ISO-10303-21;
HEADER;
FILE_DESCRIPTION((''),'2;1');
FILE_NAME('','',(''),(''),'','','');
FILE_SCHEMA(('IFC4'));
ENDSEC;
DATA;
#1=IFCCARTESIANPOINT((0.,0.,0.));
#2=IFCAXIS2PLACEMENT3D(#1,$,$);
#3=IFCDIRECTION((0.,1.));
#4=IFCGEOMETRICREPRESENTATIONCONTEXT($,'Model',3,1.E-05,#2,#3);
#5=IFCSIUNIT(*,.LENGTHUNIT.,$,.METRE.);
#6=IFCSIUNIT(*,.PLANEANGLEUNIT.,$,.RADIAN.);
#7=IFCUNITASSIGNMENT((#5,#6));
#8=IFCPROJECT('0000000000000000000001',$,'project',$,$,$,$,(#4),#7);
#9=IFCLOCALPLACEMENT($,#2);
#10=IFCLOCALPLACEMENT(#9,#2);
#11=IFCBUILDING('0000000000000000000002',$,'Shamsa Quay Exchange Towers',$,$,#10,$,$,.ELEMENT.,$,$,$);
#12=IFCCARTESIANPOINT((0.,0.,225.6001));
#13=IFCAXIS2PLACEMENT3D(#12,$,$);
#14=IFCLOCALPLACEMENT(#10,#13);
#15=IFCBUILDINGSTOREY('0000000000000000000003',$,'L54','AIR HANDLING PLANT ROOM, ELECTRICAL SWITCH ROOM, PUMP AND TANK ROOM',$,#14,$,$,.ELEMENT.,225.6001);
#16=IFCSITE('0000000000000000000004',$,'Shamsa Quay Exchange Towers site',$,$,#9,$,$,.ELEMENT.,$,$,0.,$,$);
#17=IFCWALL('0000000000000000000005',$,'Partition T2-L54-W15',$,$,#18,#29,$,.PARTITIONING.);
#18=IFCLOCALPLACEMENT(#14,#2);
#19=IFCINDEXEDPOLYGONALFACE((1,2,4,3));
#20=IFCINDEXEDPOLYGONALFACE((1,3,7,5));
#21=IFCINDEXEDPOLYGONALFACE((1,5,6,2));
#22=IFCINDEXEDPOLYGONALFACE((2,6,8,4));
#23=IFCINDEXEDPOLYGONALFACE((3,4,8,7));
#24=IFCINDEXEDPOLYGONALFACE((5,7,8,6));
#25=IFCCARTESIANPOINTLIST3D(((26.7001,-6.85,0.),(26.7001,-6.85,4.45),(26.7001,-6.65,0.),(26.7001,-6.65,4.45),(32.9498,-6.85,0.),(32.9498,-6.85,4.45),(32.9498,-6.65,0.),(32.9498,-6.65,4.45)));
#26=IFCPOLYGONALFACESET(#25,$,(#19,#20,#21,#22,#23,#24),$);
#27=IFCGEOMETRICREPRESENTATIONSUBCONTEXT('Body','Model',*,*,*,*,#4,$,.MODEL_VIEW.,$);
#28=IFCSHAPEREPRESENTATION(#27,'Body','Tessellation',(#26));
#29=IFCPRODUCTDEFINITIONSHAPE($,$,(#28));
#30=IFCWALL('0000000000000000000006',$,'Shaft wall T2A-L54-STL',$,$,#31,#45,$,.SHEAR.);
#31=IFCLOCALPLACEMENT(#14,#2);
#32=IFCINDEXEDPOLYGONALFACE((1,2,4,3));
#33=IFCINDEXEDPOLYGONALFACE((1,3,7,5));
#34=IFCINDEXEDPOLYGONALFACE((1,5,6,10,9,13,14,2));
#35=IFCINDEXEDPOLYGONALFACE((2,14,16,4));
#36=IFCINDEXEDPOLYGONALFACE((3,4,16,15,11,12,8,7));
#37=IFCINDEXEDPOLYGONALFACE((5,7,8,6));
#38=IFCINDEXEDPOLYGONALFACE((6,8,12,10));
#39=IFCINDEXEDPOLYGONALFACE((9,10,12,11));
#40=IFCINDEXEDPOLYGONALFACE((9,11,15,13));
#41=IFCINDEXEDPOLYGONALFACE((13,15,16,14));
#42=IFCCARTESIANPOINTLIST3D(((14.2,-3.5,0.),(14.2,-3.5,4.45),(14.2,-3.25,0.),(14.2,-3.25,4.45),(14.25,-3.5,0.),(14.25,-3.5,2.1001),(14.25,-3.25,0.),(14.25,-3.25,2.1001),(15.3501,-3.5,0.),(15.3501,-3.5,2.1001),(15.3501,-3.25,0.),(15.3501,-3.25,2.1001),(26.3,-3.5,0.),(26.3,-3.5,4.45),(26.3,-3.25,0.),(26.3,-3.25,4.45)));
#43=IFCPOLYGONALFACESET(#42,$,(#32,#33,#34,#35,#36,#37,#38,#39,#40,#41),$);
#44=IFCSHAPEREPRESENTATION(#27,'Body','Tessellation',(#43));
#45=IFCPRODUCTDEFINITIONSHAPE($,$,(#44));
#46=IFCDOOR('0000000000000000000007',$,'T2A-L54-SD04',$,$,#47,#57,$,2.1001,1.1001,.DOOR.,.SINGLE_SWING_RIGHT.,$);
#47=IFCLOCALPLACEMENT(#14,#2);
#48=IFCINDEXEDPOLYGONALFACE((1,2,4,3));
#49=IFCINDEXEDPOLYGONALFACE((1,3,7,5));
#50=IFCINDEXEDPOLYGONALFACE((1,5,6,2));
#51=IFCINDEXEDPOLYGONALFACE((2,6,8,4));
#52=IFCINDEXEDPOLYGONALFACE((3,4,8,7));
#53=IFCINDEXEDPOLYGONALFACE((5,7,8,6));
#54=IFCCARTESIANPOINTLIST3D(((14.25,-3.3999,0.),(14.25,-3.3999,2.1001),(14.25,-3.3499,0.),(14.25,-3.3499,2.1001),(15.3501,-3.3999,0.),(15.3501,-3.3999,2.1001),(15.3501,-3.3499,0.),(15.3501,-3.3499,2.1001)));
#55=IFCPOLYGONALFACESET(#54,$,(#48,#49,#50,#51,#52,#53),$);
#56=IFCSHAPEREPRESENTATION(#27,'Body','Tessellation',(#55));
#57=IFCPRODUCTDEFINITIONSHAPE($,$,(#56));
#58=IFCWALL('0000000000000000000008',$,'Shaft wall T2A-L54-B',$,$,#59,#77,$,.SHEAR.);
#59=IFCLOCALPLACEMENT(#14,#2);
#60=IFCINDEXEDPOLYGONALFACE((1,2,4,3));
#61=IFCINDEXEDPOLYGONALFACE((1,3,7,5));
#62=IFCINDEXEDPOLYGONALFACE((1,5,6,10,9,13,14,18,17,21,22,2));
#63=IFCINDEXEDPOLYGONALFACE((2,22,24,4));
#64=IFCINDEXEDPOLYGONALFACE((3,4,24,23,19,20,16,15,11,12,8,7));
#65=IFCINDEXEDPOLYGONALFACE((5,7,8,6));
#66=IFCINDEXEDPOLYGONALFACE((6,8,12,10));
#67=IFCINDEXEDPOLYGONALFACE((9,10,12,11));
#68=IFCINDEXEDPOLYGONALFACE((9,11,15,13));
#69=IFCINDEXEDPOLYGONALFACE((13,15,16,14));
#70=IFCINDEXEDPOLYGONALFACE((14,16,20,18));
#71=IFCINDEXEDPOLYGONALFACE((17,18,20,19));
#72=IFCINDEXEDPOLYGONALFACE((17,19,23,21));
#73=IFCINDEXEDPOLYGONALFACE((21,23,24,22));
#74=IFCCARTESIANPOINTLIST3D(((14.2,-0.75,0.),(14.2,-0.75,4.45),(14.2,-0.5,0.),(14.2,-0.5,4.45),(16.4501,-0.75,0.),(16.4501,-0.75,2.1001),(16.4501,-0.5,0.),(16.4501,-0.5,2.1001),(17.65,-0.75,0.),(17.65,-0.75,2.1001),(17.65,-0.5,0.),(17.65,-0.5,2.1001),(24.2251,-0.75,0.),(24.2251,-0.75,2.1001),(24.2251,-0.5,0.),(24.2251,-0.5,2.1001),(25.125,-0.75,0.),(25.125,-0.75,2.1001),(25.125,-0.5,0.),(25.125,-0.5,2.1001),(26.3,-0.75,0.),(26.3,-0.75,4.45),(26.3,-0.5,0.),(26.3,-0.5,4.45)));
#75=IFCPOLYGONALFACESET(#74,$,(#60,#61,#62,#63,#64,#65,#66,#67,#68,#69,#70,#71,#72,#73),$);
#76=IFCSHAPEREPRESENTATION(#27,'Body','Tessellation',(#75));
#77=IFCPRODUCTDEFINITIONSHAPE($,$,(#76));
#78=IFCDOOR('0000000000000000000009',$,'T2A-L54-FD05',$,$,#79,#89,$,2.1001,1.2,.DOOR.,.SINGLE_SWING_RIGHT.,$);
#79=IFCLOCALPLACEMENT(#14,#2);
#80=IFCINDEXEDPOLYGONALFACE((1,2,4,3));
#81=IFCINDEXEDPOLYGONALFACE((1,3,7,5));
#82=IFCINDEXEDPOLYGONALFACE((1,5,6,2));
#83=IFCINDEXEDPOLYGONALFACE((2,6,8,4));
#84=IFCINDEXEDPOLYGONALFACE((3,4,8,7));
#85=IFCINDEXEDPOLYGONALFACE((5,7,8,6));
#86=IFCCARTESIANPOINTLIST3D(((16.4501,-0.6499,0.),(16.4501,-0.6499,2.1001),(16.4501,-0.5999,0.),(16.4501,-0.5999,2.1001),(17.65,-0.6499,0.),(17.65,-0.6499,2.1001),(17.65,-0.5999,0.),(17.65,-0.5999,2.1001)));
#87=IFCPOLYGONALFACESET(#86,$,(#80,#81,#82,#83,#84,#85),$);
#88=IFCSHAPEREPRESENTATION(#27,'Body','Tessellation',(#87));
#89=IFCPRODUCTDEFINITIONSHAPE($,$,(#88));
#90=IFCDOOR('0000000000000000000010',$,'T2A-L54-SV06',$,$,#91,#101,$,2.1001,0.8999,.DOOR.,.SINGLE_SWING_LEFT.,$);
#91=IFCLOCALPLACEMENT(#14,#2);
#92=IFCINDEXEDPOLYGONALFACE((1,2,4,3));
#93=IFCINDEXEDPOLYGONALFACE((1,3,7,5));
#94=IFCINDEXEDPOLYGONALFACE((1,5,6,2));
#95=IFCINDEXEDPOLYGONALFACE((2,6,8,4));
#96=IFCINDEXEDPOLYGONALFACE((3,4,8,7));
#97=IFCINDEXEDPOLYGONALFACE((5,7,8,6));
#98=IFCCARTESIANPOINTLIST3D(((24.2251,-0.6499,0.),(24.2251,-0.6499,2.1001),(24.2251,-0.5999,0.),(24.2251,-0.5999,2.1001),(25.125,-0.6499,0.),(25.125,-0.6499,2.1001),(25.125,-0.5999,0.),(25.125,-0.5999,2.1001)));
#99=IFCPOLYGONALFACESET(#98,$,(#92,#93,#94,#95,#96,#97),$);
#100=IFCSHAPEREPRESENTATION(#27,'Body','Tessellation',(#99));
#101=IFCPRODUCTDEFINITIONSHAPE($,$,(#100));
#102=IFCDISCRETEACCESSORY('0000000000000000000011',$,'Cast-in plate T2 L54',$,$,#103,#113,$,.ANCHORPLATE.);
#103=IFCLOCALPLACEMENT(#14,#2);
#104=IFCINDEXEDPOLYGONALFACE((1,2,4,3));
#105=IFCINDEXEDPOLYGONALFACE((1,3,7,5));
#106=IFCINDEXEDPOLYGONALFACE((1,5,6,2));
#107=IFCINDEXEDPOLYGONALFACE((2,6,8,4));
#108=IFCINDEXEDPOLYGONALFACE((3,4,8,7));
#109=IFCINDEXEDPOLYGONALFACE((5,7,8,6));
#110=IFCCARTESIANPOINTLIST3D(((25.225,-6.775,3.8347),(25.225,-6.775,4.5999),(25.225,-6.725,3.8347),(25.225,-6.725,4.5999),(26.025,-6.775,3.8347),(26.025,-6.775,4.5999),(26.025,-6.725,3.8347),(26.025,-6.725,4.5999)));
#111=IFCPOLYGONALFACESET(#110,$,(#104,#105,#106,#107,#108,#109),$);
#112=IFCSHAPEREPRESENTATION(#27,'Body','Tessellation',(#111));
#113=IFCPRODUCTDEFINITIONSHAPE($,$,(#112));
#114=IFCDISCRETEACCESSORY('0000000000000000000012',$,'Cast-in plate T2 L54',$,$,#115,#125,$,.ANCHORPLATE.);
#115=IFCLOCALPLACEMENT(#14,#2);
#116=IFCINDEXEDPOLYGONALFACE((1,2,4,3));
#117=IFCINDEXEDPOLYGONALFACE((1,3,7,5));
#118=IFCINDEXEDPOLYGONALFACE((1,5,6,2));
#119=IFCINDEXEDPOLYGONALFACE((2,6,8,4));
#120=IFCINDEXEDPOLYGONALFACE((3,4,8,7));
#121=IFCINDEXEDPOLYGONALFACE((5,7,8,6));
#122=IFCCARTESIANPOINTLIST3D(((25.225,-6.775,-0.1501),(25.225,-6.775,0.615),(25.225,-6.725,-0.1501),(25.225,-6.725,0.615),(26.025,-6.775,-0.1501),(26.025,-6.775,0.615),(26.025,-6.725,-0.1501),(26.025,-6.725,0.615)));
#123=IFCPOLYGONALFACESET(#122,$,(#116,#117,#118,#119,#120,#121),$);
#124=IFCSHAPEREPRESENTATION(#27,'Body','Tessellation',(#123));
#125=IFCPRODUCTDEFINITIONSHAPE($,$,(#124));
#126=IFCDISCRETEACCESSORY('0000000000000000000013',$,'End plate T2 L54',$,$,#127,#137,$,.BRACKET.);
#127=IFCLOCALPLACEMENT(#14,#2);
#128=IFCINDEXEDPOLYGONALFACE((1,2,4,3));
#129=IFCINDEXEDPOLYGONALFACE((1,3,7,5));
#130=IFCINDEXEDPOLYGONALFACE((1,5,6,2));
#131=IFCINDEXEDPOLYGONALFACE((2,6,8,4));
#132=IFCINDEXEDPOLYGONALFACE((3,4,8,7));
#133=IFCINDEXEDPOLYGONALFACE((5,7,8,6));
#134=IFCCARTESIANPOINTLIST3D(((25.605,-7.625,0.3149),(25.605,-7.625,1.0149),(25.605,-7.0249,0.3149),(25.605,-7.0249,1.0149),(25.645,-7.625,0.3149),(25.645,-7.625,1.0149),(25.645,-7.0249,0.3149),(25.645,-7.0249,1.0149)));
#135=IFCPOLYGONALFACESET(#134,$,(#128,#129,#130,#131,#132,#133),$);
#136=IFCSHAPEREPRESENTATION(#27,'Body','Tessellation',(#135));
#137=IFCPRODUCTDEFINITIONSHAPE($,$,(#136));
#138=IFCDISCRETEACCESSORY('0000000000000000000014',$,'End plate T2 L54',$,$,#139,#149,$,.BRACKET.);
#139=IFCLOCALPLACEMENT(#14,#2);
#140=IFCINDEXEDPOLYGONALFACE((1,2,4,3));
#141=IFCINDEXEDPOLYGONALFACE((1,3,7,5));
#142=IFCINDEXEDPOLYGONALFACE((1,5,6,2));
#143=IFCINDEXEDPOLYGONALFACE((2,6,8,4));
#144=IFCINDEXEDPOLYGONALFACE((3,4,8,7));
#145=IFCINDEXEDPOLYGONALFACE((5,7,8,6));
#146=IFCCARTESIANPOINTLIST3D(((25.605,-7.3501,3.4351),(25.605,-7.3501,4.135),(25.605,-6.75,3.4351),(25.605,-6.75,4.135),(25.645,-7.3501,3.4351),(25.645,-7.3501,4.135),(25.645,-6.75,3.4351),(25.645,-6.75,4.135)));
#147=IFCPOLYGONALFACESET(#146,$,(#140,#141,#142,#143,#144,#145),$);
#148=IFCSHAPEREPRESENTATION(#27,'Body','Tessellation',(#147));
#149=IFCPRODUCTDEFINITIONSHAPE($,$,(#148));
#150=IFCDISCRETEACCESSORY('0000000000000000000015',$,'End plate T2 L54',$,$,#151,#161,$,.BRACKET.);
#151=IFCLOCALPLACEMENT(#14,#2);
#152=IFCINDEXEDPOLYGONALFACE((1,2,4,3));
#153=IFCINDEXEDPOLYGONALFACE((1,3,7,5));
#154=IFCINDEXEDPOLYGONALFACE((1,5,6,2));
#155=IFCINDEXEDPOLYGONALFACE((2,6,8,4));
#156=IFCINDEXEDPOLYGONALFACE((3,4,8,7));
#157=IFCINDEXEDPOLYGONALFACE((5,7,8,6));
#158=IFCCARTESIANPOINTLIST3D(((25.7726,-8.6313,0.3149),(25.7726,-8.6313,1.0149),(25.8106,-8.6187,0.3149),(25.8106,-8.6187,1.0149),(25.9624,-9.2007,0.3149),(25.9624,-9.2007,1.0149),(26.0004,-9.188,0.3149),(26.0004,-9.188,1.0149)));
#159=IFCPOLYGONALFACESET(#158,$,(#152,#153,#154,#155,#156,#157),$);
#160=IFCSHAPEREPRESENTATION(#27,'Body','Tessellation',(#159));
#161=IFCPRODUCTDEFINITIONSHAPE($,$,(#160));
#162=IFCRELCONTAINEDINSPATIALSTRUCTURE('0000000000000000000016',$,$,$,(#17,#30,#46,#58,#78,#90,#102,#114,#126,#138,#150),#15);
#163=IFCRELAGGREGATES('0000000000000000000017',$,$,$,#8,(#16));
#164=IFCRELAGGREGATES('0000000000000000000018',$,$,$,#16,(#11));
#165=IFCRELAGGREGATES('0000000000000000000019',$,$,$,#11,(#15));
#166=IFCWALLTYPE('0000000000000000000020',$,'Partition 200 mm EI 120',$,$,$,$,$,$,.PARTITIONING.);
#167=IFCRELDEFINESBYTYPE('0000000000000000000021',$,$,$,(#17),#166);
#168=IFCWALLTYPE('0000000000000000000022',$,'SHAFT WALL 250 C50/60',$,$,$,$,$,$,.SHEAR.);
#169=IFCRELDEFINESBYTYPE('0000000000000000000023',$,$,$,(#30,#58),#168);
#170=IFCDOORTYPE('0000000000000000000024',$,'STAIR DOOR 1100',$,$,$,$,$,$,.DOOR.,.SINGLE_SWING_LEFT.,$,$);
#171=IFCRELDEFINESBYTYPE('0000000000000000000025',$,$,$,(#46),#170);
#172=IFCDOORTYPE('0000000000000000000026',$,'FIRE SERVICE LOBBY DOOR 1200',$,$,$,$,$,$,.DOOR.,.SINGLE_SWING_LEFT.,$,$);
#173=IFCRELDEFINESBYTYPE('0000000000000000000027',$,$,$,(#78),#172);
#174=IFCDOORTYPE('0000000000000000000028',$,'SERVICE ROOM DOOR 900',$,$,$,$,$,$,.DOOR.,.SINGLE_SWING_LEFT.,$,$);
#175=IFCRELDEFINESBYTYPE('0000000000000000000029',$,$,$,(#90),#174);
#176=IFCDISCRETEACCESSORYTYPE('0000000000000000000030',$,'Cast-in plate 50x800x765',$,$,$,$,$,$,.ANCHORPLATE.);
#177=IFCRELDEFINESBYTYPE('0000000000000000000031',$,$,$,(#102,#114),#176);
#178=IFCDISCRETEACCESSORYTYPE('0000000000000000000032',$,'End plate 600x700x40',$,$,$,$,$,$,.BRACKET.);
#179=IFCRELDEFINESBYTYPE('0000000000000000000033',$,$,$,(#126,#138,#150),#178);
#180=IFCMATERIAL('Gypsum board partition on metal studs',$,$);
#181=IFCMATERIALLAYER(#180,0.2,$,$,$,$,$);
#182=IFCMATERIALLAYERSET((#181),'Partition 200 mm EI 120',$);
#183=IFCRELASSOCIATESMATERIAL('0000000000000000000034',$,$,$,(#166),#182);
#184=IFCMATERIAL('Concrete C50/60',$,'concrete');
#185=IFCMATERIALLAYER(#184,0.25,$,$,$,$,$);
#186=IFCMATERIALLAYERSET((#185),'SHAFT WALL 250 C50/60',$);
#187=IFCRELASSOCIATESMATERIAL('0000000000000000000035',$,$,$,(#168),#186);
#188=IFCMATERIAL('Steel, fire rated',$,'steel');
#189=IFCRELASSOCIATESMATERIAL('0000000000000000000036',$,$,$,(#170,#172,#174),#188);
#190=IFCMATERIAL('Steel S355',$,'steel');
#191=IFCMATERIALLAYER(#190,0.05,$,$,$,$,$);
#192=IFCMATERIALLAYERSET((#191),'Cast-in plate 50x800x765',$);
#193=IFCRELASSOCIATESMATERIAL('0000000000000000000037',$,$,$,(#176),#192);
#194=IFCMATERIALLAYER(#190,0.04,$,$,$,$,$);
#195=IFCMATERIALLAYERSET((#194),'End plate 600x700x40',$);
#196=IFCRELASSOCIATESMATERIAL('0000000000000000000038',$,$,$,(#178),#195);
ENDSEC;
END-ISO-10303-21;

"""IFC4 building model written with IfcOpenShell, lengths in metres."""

from ifc_helpers import new_model, si_unit, direction, frame, frame_2d, origin, origin_2d, place, context, subcontext, project, spatial, rectangle, extrude, material, layer, layer_set, type_object, element, fill, save


model = new_model("IFC4")

# Units and contexts
model_context = context("Model", 3, precision=1e-05, world=origin(), true_north=direction((0.0, 1.0)))
body_context = subcontext(model_context, "Body", "Model", "MODEL_VIEW")
ifc_project = project(units=[si_unit("LENGTHUNIT", "METRE"), si_unit("PLANEANGLEUNIT", "RADIAN")], contexts=[model_context])

# Site, building, storey
site_placement = place(None, origin())
site = spatial("IfcSite", under=ifc_project, at=site_placement, Name="Shamsa Quay Exchange Towers site", CompositionType="ELEMENT", RefElevation=0.0)
building_placement = place(site_placement, origin())
building = spatial("IfcBuilding", under=site, at=building_placement, Name="Shamsa Quay Exchange Towers", CompositionType="ELEMENT")
storey_placement = place(building_placement, frame((0.0, 0.0, 225.6001)))
storey = spatial("IfcBuildingStorey", under=building, at=storey_placement, Name="L54", Description="AIR HANDLING PLANT ROOM, ELECTRICAL SWITCH ROOM, PUMP AND TANK ROOM", CompositionType="ELEMENT", Elevation=225.6001)

# Shared definitions
ifc_material_1 = material(Name="Steel S355", Category="steel")

# Shared definitions
ifc_material_2 = material(Name="Gypsum board partition on metal studs")
ifc_layer_1 = layer(ifc_material_2, 0.2)
ifc_layer_set_1 = layer_set([ifc_layer_1], Name="Partition 200 mm EI 120")
wall_type_1 = type_object("IfcWallType", Name="Partition 200 mm EI 120", PredefinedType="PARTITIONING", material=ifc_layer_set_1)

# Wall
wall_1_placement = place(storey_placement, frame((26.7, -6.75, 0.0)))
element("IfcWall", 1, at=wall_1_placement, inside=storey, type_object=wall_type_1, Name="Partition T2-L54-W15", PredefinedType="PARTITIONING", context=body_context, shape_type="SweptSolid", body=[
    extrude(rectangle(XDim=6.2498, YDim=0.2, at=frame_2d((3.125, 0.0))), origin(), (0.0, 0.0, 1.0), 4.45),
])

# Wall, opening, door
ifc_material_3 = material(Name="Concrete C50/60", Category="concrete")
ifc_layer_2 = layer(ifc_material_3, 0.25)
ifc_layer_set_2 = layer_set([ifc_layer_2], Name="SHAFT WALL 250 C50/60")
wall_type_2 = type_object("IfcWallType", Name="SHAFT WALL 250 C50/60", PredefinedType="SHEAR", material=ifc_layer_set_2)
wall_2_placement = place(storey_placement, frame((26.3, -3.375, 0.0), z_axis=(0.0, 0.0, 1.0), x_axis=(-1.0, 0.0, 0.0)))
wall_2 = element("IfcWall", 2, at=wall_2_placement, inside=storey, type_object=wall_type_2, Name="Shaft wall T2A-L54-STL", PredefinedType="SHEAR", context=body_context, shape_type="SweptSolid", body=[
    extrude(rectangle(XDim=12.1001, YDim=0.25, at=frame_2d((6.05, 0.0))), origin(), (0.0, 0.0, 1.0), 4.45),
])
opening_1_placement = place(wall_2_placement, frame((10.95, 0.0, 0.0)))
opening_1 = element("IfcOpeningElement", 3, at=opening_1_placement, cuts=wall_2, PredefinedType="OPENING", context=body_context, shape_type="SweptSolid", body=[
    extrude(rectangle(XDim=1.1001, YDim=2.1001, at=frame_2d((0.55, 1.05))), frame((0.0, 0.135, 0.0), z_axis=(0.0, -1.0, 0.0), x_axis=(1.0, 0.0, 0.0)), (0.0, 0.0, 1.0), 0.27),
])
ifc_material_4 = material(Name="Steel, fire rated", Category="steel")
door_type_1 = type_object("IfcDoorType", Name="STAIR DOOR 1100", OperationType="SINGLE_SWING_LEFT", PredefinedType="DOOR", material=ifc_material_4)
door_1_placement = place(opening_1_placement, origin())
door_1 = element("IfcDoor", 4, at=door_1_placement, inside=storey, type_object=door_type_1, Name="T2A-L54-SD04", OperationType="SINGLE_SWING_RIGHT", OverallHeight=2.1001, OverallWidth=1.1001, PredefinedType="DOOR", context=body_context, shape_type="SweptSolid", body=[
    extrude(rectangle(XDim=1.1001, YDim=2.1001, at=frame_2d((0.55, 1.05))), frame((0.0, 0.0249, 0.0), z_axis=(0.0, -1.0, 0.0), x_axis=(1.0, 0.0, 0.0)), (0.0, 0.0, 1.0), 0.05),
])
fill(opening_1, door_1)

# Wall, openings, doors
wall_3_placement = place(storey_placement, frame((26.3, -0.625, 0.0), z_axis=(0.0, 0.0, 1.0), x_axis=(-1.0, 0.0, 0.0)))
wall_3 = element("IfcWall", 5, at=wall_3_placement, inside=storey, type_object=wall_type_2, Name="Shaft wall T2A-L54-B", PredefinedType="SHEAR", context=body_context, shape_type="SweptSolid", body=[
    extrude(rectangle(XDim=12.1001, YDim=0.25, at=frame_2d((6.05, 0.0))), origin(), (0.0, 0.0, 1.0), 4.45),
])
opening_2_placement = place(wall_3_placement, frame((8.6499, 0.0, 0.0)))
opening_2 = element("IfcOpeningElement", 6, at=opening_2_placement, cuts=wall_3, PredefinedType="OPENING", context=body_context, shape_type="SweptSolid", body=[
    extrude(rectangle(XDim=1.2, YDim=2.1001, at=frame_2d((0.6001, 1.05))), frame((0.0, 0.135, 0.0), z_axis=(0.0, -1.0, 0.0), x_axis=(1.0, 0.0, 0.0)), (0.0, 0.0, 1.0), 0.27),
])
opening_3_placement = place(wall_3_placement, frame((1.175, 0.0, 0.0)))
opening_3 = element("IfcOpeningElement", 7, at=opening_3_placement, cuts=wall_3, PredefinedType="OPENING", context=body_context, shape_type="SweptSolid", body=[
    extrude(rectangle(XDim=0.8999, YDim=2.1001, at=frame_2d((0.45, 1.05))), frame((0.0, 0.135, 0.0), z_axis=(0.0, -1.0, 0.0), x_axis=(1.0, 0.0, 0.0)), (0.0, 0.0, 1.0), 0.27),
])
door_type_2 = type_object("IfcDoorType", Name="FIRE SERVICE LOBBY DOOR 1200", OperationType="SINGLE_SWING_LEFT", PredefinedType="DOOR", material=ifc_material_4)
door_2_placement = place(opening_2_placement, origin())
door_2 = element("IfcDoor", 8, at=door_2_placement, inside=storey, type_object=door_type_2, Name="T2A-L54-FD05", OperationType="SINGLE_SWING_RIGHT", OverallHeight=2.1001, OverallWidth=1.2, PredefinedType="DOOR", context=body_context, shape_type="SweptSolid", body=[
    extrude(rectangle(XDim=1.2, YDim=2.1001, at=frame_2d((0.6001, 1.05))), frame((0.0, 0.0249, 0.0), z_axis=(0.0, -1.0, 0.0), x_axis=(1.0, 0.0, 0.0)), (0.0, 0.0, 1.0), 0.05),
])
fill(opening_2, door_2)
door_type_3 = type_object("IfcDoorType", Name="SERVICE ROOM DOOR 900", OperationType="SINGLE_SWING_LEFT", PredefinedType="DOOR", material=ifc_material_4)
door_3_placement = place(opening_3_placement, origin())
door_3 = element("IfcDoor", 9, at=door_3_placement, inside=storey, type_object=door_type_3, Name="T2A-L54-SV06", OperationType="SINGLE_SWING_LEFT", OverallHeight=2.1001, OverallWidth=0.8999, PredefinedType="DOOR", context=body_context, shape_type="SweptSolid", body=[
    extrude(rectangle(XDim=0.8999, YDim=2.1001, at=frame_2d((0.45, 1.05))), frame((0.0, 0.0249, 0.0), z_axis=(0.0, -1.0, 0.0), x_axis=(1.0, 0.0, 0.0)), (0.0, 0.0, 1.0), 0.05),
])
fill(opening_3, door_3)

# Discrete accessories
ifc_layer_3 = layer(ifc_material_1, 0.05)
ifc_layer_set_3 = layer_set([ifc_layer_3], Name="Cast-in plate 50x800x765")
discrete_accessory_type_1 = type_object("IfcDiscreteAccessoryType", Name="Cast-in plate 50x800x765", PredefinedType="ANCHORPLATE", material=ifc_layer_set_3)
for number, where, z_axis, x_axis, name in (
    (10, (25.625, -6.75, 3.8347), (0.0, 0.0, 1.0), (0.0, 1.0, 0.0), "Cast-in plate T2 L54"),
    (11, (25.625, -6.75, -0.1501), (0.0, 0.0, 1.0), (0.0, 1.0, 0.0), "Cast-in plate T2 L54"),
):
    element("IfcDiscreteAccessory", number, at=place(storey_placement, frame(where, z_axis=z_axis, x_axis=x_axis)), inside=storey, type_object=discrete_accessory_type_1, Name=name, PredefinedType="ANCHORPLATE", context=body_context, shape_type="SweptSolid", body=[
        extrude(rectangle(XDim=0.05, YDim=0.8, at=origin_2d()), origin(), (0.0, 0.0, 1.0), 0.7651),
    ])
ifc_layer_4 = layer(ifc_material_1, 0.04)
ifc_layer_set_4 = layer_set([ifc_layer_4], Name="End plate 600x700x40")
discrete_accessory_type_2 = type_object("IfcDiscreteAccessoryType", Name="End plate 600x700x40", PredefinedType="BRACKET", material=ifc_layer_set_4)
for number, where, z_axis, x_axis, name in (
    (12, (25.625, -7.325, 0.3149), (0.0, 0.0, 1.0), (0.0, 1.0, 0.0), "End plate T2 L54"),
    (13, (25.625, -7.05, 3.4351), (0.0, 0.0, 1.0), (0.0, 1.0, 0.0), "End plate T2 L54"),
    (14, (25.8865, -8.9097, 0.3149), (0.0, 0.0, 1.0), (0.316228, -0.948683, 0.0), "End plate T2 L54"),
):
    element("IfcDiscreteAccessory", number, at=place(storey_placement, frame(where, z_axis=z_axis, x_axis=x_axis)), inside=storey, type_object=discrete_accessory_type_2, Name=name, PredefinedType="BRACKET", context=body_context, shape_type="SweptSolid", body=[
        extrude(rectangle(XDim=0.6001, YDim=0.04, at=origin_2d()), origin(), (0.0, 0.0, 1.0), 0.7),
    ])

save(model, "model.ifc")
